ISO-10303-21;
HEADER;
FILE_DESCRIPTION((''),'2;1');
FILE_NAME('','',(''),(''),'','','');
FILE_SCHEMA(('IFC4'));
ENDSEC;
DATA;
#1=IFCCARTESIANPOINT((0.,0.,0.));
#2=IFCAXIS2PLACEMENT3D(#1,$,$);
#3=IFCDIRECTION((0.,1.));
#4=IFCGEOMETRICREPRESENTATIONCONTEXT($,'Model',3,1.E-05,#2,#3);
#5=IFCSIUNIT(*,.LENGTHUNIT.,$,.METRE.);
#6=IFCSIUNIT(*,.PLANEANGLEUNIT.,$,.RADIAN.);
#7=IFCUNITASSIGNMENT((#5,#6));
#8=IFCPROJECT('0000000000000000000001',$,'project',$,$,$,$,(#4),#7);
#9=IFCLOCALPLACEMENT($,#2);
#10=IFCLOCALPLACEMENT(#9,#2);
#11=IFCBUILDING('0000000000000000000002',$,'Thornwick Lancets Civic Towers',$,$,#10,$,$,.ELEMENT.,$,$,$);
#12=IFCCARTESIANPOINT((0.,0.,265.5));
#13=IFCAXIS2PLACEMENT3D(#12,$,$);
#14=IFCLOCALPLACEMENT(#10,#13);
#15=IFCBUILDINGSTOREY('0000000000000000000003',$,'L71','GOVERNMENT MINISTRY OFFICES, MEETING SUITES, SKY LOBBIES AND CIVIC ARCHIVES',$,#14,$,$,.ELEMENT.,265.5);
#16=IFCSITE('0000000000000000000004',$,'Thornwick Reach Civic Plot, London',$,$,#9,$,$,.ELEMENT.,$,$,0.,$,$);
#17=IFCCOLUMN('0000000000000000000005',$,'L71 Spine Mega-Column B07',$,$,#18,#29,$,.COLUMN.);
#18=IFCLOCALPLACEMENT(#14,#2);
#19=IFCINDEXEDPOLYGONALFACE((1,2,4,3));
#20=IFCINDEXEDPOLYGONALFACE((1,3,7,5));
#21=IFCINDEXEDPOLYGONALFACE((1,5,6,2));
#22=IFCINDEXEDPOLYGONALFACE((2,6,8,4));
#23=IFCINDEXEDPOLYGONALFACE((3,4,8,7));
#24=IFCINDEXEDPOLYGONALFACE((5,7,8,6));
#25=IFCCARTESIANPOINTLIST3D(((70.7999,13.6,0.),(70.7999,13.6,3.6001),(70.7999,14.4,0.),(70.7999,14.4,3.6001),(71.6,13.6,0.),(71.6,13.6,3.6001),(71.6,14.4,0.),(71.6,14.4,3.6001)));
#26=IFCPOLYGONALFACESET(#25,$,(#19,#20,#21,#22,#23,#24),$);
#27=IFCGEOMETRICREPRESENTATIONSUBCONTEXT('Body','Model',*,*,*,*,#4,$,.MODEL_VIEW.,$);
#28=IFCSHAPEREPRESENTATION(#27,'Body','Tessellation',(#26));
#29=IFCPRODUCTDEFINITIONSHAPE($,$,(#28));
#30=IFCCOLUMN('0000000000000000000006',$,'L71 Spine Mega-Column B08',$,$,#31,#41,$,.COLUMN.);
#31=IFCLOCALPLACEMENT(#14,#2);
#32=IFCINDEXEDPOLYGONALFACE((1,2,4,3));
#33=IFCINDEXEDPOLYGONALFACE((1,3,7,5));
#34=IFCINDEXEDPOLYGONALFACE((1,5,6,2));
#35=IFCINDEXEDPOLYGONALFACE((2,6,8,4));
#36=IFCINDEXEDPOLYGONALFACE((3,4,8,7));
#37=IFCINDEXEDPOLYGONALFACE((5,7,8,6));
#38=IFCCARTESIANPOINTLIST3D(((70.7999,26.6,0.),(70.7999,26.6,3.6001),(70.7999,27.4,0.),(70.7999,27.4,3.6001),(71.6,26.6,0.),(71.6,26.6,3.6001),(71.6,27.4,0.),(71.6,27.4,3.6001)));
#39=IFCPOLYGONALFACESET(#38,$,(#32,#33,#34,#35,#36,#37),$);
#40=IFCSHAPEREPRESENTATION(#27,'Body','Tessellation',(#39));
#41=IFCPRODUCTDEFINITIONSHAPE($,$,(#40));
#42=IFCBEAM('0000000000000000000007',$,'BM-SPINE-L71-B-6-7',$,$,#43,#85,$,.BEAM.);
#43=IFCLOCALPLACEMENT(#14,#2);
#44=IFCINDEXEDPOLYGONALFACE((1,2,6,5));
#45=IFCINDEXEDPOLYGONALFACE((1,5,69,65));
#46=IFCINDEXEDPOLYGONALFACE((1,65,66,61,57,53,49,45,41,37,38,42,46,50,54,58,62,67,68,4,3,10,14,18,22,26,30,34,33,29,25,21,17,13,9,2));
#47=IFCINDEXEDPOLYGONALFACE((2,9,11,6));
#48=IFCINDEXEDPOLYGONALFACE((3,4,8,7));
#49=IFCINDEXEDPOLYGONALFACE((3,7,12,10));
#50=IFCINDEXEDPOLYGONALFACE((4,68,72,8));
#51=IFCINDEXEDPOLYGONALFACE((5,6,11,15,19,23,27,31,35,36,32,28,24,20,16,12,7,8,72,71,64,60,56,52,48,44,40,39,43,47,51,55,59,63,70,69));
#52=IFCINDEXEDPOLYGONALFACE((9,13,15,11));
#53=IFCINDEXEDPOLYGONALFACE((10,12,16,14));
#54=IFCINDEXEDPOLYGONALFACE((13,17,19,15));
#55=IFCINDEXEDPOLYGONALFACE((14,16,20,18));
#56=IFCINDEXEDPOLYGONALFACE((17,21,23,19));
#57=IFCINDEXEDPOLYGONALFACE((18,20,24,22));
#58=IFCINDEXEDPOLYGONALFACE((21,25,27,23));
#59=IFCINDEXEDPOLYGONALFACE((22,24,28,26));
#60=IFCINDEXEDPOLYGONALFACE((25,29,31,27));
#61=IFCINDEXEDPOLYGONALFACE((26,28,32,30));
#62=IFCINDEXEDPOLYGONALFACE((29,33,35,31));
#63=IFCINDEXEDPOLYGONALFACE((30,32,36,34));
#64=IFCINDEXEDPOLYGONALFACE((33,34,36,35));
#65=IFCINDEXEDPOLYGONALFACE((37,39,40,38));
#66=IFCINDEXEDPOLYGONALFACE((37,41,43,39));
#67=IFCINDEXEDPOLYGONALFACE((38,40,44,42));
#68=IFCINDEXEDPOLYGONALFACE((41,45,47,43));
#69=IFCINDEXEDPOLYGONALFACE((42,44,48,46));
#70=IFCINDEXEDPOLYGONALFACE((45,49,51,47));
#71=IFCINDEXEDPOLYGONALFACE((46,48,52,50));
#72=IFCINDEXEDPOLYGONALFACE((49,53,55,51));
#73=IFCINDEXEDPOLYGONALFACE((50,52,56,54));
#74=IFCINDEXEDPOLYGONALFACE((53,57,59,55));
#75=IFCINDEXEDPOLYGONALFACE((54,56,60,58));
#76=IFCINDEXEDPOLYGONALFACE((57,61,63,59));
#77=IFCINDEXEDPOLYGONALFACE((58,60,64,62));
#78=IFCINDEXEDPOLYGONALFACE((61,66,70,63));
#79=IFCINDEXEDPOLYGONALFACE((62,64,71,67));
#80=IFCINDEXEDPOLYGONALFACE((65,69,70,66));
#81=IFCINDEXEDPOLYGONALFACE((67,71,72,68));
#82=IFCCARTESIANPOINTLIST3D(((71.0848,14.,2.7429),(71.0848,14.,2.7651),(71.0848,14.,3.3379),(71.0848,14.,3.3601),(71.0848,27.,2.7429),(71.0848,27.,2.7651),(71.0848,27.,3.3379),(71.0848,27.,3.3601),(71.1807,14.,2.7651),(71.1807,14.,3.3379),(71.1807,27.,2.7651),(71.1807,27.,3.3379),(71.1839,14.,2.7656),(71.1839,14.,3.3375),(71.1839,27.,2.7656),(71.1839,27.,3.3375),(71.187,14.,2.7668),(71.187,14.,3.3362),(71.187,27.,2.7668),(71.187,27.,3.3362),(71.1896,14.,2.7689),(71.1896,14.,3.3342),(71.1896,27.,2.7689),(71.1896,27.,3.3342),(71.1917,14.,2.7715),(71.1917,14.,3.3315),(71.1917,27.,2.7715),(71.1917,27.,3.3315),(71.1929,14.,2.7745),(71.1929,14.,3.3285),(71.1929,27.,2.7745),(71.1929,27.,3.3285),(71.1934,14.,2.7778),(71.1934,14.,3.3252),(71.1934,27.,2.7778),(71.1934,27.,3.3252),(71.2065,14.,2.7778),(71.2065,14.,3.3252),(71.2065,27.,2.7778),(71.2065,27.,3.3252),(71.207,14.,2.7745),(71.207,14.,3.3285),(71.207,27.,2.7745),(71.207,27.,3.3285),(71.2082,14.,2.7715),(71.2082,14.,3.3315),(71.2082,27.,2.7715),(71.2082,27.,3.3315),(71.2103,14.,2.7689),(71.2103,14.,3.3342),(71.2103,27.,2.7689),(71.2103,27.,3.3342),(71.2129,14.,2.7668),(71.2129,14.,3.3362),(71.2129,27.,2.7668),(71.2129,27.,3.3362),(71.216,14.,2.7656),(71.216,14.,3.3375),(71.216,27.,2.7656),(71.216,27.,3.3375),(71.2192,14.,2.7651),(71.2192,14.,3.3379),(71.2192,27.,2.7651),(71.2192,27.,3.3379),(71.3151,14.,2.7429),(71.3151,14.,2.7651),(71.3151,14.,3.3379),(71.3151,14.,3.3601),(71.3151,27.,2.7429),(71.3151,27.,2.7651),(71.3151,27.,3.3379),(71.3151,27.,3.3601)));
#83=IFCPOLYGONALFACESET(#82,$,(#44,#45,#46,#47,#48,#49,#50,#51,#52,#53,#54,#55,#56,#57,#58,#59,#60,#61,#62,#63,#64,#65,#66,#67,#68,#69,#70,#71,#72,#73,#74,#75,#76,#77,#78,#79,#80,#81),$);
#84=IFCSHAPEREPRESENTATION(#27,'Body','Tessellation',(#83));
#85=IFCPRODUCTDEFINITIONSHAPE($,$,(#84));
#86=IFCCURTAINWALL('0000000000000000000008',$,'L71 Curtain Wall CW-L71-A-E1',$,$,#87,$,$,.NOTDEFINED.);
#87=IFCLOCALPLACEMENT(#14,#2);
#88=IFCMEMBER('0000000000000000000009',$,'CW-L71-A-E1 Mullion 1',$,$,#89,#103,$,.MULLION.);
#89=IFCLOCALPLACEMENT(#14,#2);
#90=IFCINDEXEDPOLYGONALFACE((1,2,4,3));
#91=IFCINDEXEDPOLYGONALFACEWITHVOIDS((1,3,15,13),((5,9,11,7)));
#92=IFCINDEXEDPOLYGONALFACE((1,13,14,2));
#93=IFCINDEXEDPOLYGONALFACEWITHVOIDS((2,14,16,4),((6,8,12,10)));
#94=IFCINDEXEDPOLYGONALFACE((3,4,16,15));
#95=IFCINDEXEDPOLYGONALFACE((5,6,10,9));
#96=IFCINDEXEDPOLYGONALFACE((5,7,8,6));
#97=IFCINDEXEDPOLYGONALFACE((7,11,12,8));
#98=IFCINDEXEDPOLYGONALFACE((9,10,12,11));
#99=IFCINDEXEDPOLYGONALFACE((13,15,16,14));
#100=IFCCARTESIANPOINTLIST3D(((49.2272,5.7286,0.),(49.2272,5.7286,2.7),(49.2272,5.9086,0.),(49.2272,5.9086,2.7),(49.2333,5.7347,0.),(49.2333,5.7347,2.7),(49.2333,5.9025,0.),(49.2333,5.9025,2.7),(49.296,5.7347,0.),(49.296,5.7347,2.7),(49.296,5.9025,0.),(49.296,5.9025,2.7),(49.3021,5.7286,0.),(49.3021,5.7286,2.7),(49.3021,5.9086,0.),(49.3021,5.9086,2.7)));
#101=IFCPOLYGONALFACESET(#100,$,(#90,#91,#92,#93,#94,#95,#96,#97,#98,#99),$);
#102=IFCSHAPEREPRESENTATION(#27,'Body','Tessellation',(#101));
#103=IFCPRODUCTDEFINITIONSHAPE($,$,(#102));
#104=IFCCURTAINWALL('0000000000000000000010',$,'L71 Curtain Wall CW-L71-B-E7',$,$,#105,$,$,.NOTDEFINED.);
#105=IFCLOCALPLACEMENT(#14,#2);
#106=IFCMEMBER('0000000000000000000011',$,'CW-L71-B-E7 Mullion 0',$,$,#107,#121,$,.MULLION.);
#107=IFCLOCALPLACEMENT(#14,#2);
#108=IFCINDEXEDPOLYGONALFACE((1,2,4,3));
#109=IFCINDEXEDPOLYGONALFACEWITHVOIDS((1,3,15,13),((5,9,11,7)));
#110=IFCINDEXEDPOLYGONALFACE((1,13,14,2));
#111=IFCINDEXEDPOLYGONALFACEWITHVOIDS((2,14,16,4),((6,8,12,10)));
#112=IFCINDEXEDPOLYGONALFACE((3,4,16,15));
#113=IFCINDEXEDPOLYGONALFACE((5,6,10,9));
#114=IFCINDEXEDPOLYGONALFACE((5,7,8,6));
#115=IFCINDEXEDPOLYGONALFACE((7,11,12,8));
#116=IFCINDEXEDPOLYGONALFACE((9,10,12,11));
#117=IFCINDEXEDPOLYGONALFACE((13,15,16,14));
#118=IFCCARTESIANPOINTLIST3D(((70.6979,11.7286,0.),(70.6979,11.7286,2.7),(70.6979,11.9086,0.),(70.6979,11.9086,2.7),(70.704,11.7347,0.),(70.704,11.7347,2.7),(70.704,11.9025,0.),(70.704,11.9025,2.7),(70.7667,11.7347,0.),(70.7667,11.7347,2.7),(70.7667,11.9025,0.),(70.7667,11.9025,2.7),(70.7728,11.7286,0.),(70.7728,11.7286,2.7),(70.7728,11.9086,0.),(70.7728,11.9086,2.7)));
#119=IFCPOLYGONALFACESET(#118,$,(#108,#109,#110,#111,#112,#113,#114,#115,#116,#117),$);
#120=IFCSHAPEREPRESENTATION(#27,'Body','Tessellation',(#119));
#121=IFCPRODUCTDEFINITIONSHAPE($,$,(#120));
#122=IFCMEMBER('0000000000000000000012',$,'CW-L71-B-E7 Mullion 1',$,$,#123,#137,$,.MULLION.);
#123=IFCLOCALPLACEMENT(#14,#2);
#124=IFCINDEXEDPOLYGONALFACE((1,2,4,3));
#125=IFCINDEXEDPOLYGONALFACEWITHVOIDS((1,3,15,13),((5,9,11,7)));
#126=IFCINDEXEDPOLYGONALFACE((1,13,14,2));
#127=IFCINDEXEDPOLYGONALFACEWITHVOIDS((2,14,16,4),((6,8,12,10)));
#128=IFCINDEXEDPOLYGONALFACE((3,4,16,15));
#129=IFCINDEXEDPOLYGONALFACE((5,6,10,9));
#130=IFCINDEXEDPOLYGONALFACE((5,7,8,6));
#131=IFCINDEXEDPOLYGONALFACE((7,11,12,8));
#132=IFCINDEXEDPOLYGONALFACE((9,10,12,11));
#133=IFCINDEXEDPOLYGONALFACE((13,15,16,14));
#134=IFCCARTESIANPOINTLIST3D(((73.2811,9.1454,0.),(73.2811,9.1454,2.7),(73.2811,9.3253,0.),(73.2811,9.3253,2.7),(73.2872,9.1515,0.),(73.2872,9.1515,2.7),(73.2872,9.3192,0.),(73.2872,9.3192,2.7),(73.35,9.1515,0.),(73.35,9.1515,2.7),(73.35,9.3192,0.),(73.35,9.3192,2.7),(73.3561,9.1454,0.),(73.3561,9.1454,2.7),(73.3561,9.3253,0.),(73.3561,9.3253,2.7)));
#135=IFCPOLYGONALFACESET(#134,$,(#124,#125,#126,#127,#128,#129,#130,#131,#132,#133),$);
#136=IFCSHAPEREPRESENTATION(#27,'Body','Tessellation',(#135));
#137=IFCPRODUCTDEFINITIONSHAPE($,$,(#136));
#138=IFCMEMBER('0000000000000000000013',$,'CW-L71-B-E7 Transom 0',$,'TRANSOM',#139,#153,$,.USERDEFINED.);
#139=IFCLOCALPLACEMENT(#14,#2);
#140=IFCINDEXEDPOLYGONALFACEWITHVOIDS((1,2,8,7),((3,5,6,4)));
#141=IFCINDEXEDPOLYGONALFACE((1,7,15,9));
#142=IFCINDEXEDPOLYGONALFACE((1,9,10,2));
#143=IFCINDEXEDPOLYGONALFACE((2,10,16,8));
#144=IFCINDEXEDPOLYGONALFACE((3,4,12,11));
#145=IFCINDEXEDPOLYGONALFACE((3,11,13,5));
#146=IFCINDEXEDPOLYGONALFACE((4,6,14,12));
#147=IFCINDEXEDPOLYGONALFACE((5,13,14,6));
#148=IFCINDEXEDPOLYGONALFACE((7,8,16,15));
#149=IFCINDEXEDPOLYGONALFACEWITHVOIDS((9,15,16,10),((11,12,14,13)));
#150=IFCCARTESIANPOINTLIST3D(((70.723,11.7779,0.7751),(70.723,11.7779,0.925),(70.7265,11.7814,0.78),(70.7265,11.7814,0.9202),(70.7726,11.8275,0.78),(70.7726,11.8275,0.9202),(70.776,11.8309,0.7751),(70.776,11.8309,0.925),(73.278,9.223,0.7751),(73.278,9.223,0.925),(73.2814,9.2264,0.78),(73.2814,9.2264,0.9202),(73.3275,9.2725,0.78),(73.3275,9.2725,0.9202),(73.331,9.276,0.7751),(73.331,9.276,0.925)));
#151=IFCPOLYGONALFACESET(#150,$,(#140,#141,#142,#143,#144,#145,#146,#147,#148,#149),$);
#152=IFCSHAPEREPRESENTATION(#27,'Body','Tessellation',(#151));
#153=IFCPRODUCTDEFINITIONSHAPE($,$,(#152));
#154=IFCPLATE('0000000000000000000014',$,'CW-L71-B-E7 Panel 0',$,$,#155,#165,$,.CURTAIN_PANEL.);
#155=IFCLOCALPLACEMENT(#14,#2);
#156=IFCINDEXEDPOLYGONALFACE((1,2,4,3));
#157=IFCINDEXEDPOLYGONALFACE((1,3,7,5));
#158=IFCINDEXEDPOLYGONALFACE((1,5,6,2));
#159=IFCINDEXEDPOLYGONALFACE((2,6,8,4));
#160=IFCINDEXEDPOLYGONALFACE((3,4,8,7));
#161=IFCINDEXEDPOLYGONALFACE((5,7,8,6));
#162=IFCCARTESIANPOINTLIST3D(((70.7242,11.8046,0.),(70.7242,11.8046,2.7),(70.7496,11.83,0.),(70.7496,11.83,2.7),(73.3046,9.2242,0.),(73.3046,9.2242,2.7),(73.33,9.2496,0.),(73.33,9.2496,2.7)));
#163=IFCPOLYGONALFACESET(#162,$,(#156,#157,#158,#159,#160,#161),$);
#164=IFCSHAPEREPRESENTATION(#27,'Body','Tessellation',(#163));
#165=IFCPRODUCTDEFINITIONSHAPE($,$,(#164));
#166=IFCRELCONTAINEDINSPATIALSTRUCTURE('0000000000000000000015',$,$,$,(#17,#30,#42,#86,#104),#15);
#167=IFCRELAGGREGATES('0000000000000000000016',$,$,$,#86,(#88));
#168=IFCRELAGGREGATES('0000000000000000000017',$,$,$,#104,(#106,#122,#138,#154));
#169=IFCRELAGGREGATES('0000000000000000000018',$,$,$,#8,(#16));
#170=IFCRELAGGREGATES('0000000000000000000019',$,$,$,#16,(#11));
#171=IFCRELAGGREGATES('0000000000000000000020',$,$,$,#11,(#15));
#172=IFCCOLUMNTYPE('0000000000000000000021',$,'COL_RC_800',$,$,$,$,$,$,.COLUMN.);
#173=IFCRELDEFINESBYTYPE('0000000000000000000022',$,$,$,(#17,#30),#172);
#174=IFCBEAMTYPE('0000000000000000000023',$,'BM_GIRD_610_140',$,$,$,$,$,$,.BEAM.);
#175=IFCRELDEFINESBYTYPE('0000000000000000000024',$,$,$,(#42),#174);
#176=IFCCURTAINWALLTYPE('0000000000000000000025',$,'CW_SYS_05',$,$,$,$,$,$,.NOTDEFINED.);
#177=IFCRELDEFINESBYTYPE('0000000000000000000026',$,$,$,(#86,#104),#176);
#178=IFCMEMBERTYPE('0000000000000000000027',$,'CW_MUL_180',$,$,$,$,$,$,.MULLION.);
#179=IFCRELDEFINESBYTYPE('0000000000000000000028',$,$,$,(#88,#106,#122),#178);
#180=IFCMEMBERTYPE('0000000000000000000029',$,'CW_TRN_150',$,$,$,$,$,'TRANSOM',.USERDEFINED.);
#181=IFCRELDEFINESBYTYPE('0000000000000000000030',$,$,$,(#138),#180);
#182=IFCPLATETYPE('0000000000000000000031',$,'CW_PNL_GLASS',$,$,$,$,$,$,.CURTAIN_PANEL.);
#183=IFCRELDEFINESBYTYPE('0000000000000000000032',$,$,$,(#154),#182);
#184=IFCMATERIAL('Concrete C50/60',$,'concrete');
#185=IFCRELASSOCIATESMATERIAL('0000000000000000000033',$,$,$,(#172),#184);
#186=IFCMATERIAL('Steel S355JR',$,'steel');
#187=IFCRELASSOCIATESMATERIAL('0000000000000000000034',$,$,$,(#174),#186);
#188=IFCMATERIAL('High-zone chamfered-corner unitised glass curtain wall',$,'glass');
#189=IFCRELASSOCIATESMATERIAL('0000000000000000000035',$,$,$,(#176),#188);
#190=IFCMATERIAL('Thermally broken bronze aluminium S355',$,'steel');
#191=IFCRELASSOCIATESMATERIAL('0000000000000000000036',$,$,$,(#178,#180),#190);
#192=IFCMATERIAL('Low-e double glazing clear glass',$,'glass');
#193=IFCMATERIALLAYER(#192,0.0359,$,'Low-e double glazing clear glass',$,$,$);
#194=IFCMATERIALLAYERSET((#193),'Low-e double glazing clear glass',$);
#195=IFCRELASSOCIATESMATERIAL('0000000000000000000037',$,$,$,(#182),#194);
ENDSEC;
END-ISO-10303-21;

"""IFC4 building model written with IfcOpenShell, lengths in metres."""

from ifc_helpers import new_model, si_unit, direction, frame, origin, origin_2d, place, context, subcontext, project, spatial, rectangle, hollow_rectangle, i_section, extrude, material, layer, layer_set, material_profile, profile_set, type_object, element, aggregate, save


model = new_model("IFC4")

# Units and contexts
model_context = context("Model", 3, precision=1e-05, world=origin(), true_north=direction((0.0, 1.0)))
body_context = subcontext(model_context, "Body", "Model", "MODEL_VIEW")
ifc_project = project(units=[si_unit("LENGTHUNIT", "METRE"), si_unit("PLANEANGLEUNIT", "RADIAN")], contexts=[model_context])

# Site, building, storey
site_placement = place(None, origin())
site = spatial("IfcSite", under=ifc_project, at=site_placement, Name="Thornwick Reach Civic Plot, London", CompositionType="ELEMENT", RefElevation=0.0)
building_placement = place(site_placement, origin())
building = spatial("IfcBuilding", under=site, at=building_placement, Name="Thornwick Lancets Civic Towers", CompositionType="ELEMENT")
storey_placement = place(building_placement, frame((0.0, 0.0, 265.5)))
storey = spatial("IfcBuildingStorey", under=building, at=storey_placement, Name="L71", Description="GOVERNMENT MINISTRY OFFICES, MEETING SUITES, SKY LOBBIES AND CIVIC ARCHIVES", CompositionType="ELEMENT", Elevation=265.5)

# Columns
ifc_material_1 = material(Name="Concrete C50/60", Category="concrete")
ifc_material_profile_1 = material_profile(ifc_material_1, rectangle(XDim=0.8, YDim=0.8, at=origin_2d()), Name="RC 800x800")
ifc_profile_set_1 = profile_set([ifc_material_profile_1], Name="Concrete C50/60")
column_type = type_object("IfcColumnType", Name="COL_RC_800", PredefinedType="COLUMN", material=ifc_profile_set_1)
for number, where, z_axis, x_axis, name in (
    (1, (71.2, 14.0, 0.0), (0.0, 0.0, 1.0), (1.0, 0.0, 0.0), "L71 Spine Mega-Column B07"),
    (2, (71.2, 27.0, 0.0), (0.0, 0.0, 1.0), (1.0, 0.0, 0.0), "L71 Spine Mega-Column B08"),
):
    element("IfcColumn", number, at=place(storey_placement, frame(where, z_axis=z_axis, x_axis=x_axis)), inside=storey, type_object=column_type, Name=name, PredefinedType="COLUMN", context=body_context, shape_type="SweptSolid", body=[
        extrude(rectangle(XDim=0.8, YDim=0.8, at=origin_2d()), origin(), (0.0, 0.0, 1.0), 3.6001),
    ])

# Beam
ifc_material_2 = material(Name="Steel S355JR", Category="steel")
ifc_material_profile_2 = material_profile(ifc_material_2, i_section(OverallWidth=0.2302, OverallDepth=0.6172, WebThickness=0.0132, FlangeThickness=0.0222, FilletRadius=0.0127, at=origin_2d()), Name="UKB 610x229x140")
ifc_profile_set_2 = profile_set([ifc_material_profile_2], Name="Steel S355JR")
beam_type = type_object("IfcBeamType", Name="BM_GIRD_610_140", PredefinedType="BEAM", material=ifc_profile_set_2)
beam_placement = place(storey_placement, frame((71.2, 14.0, 3.0515), z_axis=(0.0, 1.0, 0.0), x_axis=(-1.0, 0.0, 0.0)))
element("IfcBeam", 3, at=beam_placement, inside=storey, type_object=beam_type, Name="BM-SPINE-L71-B-6-7", PredefinedType="BEAM", context=body_context, shape_type="SweptSolid", body=[
    extrude(i_section(OverallWidth=0.2302, OverallDepth=0.6172, WebThickness=0.0132, FlangeThickness=0.0222, FilletRadius=0.0127, at=origin_2d()), origin(), (0.0, 0.0, 1.0), 13.0),
])

# Curtain wall, member
ifc_material_3 = material(Name="High-zone chamfered-corner unitised glass curtain wall", Category="glass")
curtain_wall_type = type_object("IfcCurtainWallType", Name="CW_SYS_05", PredefinedType="NOTDEFINED", material=ifc_material_3)
curtain_wall_1_placement = place(storey_placement, origin())
curtain_wall_1 = element("IfcCurtainWall", 4, at=curtain_wall_1_placement, inside=storey, type_object=curtain_wall_type, Name="L71 Curtain Wall CW-L71-A-E1", PredefinedType="NOTDEFINED")
ifc_material_4 = material(Name="Thermally broken bronze aluminium S355", Category="steel")
ifc_material_profile_3 = material_profile(ifc_material_4, hollow_rectangle(XDim=0.075, YDim=0.1799, WallThickness=0.0061, at=origin_2d()), Name="RHS 180x75x6")
ifc_profile_set_3 = profile_set([ifc_material_profile_3], Name="Thermally broken bronze aluminium S355")
member_type_1 = type_object("IfcMemberType", Name="CW_MUL_180", PredefinedType="MULLION", material=ifc_profile_set_3)
member_1_placement = place(storey_placement, frame((49.2646, 5.8186, 0.0), z_axis=(0.0, 0.0, 1.0), x_axis=(1.0, 0.0, 0.0)))
member_1 = element("IfcMember", 5, at=member_1_placement, type_object=member_type_1, Name="CW-L71-A-E1 Mullion 1", PredefinedType="MULLION", context=body_context, shape_type="SweptSolid", body=[
    extrude(hollow_rectangle(XDim=0.075, YDim=0.1799, WallThickness=0.0061, at=origin_2d()), origin(), (0.0, 0.0, 1.0), 2.7),
])
aggregate(curtain_wall_1, [member_1])

# Curtain wall, members, plate
curtain_wall_2_placement = place(storey_placement, origin())
curtain_wall_2 = element("IfcCurtainWall", 6, at=curtain_wall_2_placement, inside=storey, type_object=curtain_wall_type, Name="L71 Curtain Wall CW-L71-B-E7", PredefinedType="NOTDEFINED")
member_2_placement = place(storey_placement, frame((70.7354, 11.8186, 0.0), z_axis=(0.0, 0.0, 1.0), x_axis=(1.0, 0.0, 0.0)))
member_2 = element("IfcMember", 7, at=member_2_placement, type_object=member_type_1, Name="CW-L71-B-E7 Mullion 0", PredefinedType="MULLION", context=body_context, shape_type="SweptSolid", body=[
    extrude(hollow_rectangle(XDim=0.075, YDim=0.1799, WallThickness=0.0061, at=origin_2d()), origin(), (0.0, 0.0, 1.0), 2.7),
])
member_3_placement = place(storey_placement, frame((73.3186, 9.2354, 0.0), z_axis=(0.0, 0.0, 1.0), x_axis=(1.0, 0.0, 0.0)))
member_3 = element("IfcMember", 8, at=member_3_placement, type_object=member_type_1, Name="CW-L71-B-E7 Mullion 1", PredefinedType="MULLION", context=body_context, shape_type="SweptSolid", body=[
    extrude(hollow_rectangle(XDim=0.075, YDim=0.1799, WallThickness=0.0061, at=origin_2d()), origin(), (0.0, 0.0, 1.0), 2.7),
])
ifc_material_profile_4 = material_profile(ifc_material_4, hollow_rectangle(XDim=0.075, YDim=0.1499, WallThickness=0.0049, at=origin_2d()), Name="RHS 150x75x5")
ifc_profile_set_4 = profile_set([ifc_material_profile_4], Name="Thermally broken bronze aluminium S355")
member_type_2 = type_object("IfcMemberType", Name="CW_TRN_150", ElementType="TRANSOM", PredefinedType="USERDEFINED", material=ifc_profile_set_4)
member_4_placement = place(storey_placement, frame((70.7495, 11.8044, 0.8501), z_axis=(0.707107, -0.707107, 0.0), x_axis=(0.707107, 0.707107, 0.0)))
member_4 = element("IfcMember", 9, at=member_4_placement, type_object=member_type_2, Name="CW-L71-B-E7 Transom 0", ObjectType="TRANSOM", PredefinedType="USERDEFINED", context=body_context, shape_type="SweptSolid", body=[
    extrude(hollow_rectangle(XDim=0.075, YDim=0.1499, WallThickness=0.0049, at=origin_2d()), origin(), (0.0, 0.0, 1.0), 3.6133),
])
ifc_material_5 = material(Name="Low-e double glazing clear glass", Category="glass")
ifc_layer_1 = layer(ifc_material_5, 0.0359, Name="Low-e double glazing clear glass")
ifc_layer_set_1 = layer_set([ifc_layer_1], Name="Low-e double glazing clear glass")
plate_type = type_object("IfcPlateType", Name="CW_PNL_GLASS", PredefinedType="CURTAIN_PANEL", material=ifc_layer_set_1)
plate_placement = place(storey_placement, frame((72.0271, 10.5271, 0.0), z_axis=(0.0, 0.0, 1.0), x_axis=(0.707107, -0.707107, 0.0)))
plate = element("IfcPlate", 10, at=plate_placement, type_object=plate_type, Name="CW-L71-B-E7 Panel 0", PredefinedType="CURTAIN_PANEL", context=body_context, shape_type="SweptSolid", body=[
    extrude(rectangle(XDim=3.6492, YDim=0.0359, at=origin_2d()), origin(), (0.0, 0.0, 1.0), 2.7),
])
aggregate(curtain_wall_2, [member_2, member_3, member_4, plate])

save(model, "model.ifc")
